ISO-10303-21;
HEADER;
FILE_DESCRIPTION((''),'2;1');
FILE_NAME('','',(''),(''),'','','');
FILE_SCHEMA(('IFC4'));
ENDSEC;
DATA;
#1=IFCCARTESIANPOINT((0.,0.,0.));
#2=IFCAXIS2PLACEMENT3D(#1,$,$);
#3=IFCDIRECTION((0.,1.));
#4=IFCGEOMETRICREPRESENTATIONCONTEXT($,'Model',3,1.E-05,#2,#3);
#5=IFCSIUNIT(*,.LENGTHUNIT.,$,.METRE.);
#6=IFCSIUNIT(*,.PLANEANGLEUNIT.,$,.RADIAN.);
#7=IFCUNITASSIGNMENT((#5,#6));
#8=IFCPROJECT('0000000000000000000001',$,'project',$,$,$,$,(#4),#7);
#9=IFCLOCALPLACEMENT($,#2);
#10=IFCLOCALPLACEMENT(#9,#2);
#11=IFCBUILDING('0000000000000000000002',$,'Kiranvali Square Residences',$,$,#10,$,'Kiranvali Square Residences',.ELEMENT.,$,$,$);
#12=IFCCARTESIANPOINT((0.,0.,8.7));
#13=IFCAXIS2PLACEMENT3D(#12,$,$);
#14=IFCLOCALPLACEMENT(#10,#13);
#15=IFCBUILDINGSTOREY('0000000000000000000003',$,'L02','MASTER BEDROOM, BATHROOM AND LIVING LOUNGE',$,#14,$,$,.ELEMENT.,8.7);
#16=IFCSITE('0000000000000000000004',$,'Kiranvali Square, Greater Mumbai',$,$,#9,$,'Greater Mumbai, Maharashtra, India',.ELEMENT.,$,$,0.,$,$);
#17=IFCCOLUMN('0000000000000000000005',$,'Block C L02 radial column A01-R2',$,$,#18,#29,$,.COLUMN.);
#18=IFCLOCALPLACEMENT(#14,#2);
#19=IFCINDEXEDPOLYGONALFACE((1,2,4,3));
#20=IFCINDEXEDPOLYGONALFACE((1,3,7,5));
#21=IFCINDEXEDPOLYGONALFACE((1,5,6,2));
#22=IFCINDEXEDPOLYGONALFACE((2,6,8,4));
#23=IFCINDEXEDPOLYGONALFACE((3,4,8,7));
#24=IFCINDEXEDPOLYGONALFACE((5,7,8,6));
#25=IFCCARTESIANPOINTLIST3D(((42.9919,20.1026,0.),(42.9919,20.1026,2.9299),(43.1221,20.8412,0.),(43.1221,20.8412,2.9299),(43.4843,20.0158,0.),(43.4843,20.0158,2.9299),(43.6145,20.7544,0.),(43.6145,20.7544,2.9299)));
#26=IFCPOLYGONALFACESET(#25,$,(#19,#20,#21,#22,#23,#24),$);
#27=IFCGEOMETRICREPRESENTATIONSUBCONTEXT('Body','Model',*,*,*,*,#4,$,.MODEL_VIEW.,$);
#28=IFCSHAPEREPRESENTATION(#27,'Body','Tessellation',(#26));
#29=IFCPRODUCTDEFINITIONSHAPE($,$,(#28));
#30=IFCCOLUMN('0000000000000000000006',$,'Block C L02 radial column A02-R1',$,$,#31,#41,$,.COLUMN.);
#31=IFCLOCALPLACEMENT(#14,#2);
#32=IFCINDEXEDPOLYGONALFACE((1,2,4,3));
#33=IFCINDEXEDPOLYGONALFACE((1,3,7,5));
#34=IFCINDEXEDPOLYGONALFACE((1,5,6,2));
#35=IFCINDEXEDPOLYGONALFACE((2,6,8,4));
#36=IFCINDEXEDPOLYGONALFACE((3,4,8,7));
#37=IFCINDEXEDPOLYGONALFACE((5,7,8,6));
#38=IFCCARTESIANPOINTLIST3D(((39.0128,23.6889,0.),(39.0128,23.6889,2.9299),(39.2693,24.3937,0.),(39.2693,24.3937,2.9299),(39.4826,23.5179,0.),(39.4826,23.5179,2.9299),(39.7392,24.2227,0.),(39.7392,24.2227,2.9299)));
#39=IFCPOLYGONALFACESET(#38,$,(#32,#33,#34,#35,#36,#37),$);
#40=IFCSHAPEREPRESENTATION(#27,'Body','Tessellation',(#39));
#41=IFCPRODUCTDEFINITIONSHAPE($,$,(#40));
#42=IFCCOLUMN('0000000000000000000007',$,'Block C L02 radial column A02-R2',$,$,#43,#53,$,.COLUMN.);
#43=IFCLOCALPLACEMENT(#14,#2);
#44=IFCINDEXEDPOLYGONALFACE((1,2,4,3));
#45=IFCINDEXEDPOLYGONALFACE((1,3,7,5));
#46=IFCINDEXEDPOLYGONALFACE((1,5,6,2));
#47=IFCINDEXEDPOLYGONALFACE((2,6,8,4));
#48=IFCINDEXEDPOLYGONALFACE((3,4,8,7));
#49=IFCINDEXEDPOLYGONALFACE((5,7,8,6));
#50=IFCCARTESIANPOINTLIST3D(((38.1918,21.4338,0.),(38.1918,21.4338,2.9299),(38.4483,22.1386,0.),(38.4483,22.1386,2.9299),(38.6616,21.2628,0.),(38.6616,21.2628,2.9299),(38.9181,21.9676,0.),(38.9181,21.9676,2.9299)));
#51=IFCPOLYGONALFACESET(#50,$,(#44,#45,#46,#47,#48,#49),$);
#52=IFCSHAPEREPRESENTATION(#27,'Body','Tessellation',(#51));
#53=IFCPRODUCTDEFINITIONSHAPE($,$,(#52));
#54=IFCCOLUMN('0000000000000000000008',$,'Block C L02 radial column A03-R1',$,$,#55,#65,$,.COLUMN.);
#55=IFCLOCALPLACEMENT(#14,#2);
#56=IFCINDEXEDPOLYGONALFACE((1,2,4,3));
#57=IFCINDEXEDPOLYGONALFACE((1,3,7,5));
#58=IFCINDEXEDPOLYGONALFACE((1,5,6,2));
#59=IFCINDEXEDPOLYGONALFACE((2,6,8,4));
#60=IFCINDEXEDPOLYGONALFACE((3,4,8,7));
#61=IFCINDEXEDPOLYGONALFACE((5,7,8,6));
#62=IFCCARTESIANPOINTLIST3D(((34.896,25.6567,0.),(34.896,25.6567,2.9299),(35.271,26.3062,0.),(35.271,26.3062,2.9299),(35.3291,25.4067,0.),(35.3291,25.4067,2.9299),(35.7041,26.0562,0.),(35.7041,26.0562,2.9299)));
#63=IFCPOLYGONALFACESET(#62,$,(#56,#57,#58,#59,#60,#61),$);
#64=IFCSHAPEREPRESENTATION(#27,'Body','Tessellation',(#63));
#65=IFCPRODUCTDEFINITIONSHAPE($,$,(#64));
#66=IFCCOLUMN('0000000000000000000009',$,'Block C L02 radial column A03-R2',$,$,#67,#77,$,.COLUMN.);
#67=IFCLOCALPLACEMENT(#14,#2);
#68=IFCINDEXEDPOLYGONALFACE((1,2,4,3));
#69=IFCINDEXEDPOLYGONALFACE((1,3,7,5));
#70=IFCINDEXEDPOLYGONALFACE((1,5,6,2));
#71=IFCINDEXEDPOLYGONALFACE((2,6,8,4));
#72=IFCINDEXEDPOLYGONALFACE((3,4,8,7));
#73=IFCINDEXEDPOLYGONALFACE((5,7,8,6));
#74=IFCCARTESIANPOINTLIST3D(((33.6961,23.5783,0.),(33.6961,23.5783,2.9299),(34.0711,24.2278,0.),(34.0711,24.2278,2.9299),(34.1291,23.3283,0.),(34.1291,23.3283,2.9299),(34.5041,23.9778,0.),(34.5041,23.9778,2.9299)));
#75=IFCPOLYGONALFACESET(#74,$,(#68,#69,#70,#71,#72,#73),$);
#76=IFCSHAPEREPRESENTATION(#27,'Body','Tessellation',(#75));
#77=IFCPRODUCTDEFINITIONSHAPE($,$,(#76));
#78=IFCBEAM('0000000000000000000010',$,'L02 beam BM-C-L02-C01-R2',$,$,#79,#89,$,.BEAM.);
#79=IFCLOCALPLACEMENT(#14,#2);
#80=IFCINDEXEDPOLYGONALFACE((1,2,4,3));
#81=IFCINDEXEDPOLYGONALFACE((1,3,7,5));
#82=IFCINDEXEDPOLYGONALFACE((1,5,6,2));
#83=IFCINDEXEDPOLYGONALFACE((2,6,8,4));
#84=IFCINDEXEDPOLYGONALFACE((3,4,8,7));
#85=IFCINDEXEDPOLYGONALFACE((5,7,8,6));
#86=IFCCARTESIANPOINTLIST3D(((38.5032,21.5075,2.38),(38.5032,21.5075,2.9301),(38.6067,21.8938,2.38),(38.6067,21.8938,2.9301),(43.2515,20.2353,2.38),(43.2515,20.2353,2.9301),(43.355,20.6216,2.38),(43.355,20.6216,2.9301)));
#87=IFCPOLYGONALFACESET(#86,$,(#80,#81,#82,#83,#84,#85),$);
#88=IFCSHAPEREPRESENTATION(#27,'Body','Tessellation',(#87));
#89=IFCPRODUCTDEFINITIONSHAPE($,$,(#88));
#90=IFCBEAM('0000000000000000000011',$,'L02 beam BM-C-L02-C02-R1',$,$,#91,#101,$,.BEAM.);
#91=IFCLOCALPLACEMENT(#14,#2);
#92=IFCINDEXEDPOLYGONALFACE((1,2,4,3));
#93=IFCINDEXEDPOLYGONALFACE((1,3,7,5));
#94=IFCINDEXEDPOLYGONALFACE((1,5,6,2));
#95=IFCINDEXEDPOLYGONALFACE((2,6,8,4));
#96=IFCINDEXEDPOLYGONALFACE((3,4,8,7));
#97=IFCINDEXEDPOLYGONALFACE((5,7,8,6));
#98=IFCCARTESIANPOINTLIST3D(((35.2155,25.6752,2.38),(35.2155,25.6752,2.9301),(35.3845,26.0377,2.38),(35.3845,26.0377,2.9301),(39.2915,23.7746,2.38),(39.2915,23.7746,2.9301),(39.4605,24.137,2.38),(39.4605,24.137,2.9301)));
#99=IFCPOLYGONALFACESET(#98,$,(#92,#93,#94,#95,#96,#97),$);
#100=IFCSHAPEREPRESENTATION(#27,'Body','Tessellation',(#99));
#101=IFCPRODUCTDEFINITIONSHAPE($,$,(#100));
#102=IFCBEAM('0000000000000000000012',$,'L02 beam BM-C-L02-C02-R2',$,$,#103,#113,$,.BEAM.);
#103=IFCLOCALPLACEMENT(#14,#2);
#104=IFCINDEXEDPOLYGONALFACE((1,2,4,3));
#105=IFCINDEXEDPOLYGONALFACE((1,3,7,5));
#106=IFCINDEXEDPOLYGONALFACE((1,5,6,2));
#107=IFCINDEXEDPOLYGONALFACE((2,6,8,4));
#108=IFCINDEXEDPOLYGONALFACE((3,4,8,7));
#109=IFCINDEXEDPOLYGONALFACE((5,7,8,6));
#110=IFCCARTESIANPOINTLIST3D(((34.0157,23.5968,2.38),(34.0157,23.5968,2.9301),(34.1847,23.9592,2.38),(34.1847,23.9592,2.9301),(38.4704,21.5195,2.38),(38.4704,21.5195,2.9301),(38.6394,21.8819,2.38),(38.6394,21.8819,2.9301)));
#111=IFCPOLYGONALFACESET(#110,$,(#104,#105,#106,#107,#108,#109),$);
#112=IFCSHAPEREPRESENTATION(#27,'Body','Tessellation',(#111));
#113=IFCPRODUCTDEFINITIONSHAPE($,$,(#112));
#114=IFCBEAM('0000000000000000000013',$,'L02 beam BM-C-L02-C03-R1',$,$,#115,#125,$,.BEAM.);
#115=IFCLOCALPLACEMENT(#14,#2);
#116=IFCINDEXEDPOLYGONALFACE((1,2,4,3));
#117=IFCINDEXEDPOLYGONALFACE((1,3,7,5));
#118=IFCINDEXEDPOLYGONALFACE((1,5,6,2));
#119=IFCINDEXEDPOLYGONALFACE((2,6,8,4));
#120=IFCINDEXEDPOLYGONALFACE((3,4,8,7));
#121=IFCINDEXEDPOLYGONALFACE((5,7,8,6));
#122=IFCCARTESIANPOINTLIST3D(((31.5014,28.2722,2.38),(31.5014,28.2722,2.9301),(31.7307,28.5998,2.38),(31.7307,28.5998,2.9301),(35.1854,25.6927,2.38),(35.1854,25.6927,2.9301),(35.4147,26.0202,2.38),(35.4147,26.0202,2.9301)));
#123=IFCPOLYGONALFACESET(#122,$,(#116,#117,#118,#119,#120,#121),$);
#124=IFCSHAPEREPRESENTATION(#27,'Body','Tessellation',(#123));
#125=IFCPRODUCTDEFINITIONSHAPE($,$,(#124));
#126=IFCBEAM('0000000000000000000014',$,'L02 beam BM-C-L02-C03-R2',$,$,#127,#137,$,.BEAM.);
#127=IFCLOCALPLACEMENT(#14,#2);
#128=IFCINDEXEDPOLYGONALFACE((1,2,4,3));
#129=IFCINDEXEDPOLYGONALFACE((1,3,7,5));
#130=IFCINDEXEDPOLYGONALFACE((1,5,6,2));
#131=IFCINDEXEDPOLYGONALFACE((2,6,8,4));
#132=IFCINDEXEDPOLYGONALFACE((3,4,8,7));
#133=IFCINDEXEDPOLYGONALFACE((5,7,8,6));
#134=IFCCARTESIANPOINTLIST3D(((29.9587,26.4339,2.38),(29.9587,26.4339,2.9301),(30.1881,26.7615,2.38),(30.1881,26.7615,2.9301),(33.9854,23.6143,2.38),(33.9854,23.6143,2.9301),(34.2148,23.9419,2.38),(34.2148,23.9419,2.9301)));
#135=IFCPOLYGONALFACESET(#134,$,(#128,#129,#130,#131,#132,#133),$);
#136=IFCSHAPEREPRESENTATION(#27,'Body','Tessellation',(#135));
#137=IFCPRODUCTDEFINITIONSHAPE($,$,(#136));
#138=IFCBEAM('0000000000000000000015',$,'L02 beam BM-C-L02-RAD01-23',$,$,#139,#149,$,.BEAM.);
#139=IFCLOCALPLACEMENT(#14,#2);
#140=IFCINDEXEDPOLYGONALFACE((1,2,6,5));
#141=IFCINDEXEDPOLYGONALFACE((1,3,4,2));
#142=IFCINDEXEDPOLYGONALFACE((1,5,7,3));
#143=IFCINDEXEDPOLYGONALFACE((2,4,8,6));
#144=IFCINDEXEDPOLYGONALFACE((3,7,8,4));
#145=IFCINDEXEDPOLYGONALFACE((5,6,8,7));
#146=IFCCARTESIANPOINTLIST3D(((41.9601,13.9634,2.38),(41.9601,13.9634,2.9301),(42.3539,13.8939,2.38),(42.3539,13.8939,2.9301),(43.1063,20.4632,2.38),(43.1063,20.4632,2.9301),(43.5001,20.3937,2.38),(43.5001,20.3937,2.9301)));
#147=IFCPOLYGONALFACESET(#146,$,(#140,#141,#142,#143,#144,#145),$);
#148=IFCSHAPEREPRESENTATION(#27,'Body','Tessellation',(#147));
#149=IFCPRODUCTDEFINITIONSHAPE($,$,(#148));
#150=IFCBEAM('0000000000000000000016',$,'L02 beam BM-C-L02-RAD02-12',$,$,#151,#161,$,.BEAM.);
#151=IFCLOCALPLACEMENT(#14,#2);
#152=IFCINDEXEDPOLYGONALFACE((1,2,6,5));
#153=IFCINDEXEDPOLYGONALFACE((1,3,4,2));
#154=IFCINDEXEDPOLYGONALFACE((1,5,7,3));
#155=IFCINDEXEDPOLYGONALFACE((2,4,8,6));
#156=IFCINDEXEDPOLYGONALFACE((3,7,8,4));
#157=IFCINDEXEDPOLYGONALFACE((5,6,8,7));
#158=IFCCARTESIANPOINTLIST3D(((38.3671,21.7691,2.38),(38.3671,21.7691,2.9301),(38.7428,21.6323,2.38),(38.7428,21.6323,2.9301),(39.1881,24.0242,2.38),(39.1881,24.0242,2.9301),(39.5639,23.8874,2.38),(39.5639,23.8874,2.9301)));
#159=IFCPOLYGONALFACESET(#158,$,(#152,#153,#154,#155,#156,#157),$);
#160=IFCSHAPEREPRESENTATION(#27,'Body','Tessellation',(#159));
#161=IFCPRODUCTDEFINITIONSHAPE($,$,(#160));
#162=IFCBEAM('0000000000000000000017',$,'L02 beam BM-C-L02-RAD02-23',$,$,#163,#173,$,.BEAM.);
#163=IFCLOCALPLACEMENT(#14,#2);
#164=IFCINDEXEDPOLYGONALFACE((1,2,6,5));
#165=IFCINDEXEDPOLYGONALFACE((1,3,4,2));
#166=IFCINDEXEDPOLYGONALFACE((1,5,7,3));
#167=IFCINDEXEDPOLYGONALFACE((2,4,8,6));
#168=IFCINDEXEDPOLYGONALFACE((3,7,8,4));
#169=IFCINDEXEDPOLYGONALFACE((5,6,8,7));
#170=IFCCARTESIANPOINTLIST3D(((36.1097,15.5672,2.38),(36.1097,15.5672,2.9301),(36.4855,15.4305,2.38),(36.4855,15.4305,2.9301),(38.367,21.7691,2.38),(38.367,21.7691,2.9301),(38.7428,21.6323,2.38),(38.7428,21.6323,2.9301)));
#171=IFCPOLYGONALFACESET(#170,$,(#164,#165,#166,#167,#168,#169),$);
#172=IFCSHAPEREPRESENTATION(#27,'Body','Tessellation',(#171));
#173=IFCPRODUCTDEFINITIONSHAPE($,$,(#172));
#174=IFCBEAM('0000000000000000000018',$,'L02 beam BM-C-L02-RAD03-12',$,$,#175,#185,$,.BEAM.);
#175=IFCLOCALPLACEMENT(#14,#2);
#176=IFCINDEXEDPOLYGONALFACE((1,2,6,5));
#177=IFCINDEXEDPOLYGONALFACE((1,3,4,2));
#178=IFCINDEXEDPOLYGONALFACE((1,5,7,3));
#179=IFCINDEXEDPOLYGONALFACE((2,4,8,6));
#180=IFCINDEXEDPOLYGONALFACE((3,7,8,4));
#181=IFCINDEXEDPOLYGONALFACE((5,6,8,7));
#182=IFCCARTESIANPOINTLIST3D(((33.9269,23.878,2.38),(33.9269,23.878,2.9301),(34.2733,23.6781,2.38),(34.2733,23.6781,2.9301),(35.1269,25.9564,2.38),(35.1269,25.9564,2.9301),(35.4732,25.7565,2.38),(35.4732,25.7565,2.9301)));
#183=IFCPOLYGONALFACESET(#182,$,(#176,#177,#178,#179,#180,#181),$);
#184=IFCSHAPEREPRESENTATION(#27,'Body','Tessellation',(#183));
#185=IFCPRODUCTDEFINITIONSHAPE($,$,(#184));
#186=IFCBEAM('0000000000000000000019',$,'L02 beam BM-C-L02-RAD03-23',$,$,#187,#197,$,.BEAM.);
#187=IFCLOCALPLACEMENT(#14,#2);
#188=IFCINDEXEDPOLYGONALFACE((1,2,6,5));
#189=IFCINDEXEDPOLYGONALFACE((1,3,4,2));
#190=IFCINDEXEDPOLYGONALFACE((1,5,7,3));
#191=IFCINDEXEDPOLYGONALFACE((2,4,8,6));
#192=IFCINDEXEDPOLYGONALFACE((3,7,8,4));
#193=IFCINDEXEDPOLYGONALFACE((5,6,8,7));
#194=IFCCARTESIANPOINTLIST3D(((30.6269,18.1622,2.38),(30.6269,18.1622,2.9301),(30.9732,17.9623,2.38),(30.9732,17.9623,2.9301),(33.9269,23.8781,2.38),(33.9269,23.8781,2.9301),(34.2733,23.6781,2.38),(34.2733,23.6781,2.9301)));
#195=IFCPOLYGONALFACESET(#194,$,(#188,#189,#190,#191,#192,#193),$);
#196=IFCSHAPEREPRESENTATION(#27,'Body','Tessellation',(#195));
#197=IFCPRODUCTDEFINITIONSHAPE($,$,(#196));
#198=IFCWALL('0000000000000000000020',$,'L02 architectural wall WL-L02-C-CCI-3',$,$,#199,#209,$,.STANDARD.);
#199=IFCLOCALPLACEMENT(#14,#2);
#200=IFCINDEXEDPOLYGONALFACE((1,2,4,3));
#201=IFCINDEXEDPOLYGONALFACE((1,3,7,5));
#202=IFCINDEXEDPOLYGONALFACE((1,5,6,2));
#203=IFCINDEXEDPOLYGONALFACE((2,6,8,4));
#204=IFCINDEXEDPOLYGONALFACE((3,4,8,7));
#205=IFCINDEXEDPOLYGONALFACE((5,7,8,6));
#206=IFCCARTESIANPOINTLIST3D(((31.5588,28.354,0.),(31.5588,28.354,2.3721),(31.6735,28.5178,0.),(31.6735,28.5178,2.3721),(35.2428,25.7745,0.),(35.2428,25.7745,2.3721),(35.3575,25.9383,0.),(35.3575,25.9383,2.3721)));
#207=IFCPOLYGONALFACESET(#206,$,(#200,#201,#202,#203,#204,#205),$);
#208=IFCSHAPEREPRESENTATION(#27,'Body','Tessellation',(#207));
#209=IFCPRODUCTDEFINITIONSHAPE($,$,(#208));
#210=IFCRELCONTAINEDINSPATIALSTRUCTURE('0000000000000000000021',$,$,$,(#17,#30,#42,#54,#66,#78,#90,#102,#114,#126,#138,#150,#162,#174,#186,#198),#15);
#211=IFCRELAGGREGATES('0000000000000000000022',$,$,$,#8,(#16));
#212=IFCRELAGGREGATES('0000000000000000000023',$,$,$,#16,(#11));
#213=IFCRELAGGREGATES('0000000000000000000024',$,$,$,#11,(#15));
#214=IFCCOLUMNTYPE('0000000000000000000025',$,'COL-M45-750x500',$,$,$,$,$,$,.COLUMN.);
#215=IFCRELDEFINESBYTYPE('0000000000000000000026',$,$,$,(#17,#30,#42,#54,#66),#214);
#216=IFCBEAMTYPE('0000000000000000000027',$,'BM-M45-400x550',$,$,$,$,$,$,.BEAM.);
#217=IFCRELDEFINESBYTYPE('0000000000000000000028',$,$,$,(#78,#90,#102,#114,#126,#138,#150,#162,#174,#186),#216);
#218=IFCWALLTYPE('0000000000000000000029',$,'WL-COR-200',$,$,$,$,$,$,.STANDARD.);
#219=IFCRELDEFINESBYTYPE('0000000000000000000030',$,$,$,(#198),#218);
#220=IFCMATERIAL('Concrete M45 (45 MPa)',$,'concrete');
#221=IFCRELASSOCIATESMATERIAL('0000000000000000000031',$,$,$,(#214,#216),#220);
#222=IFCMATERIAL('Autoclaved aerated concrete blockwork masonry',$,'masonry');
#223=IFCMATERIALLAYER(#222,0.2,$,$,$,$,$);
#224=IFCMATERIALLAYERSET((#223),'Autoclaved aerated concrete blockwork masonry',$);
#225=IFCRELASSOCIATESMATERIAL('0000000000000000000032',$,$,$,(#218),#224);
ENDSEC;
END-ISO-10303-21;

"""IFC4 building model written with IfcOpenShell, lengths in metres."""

from ifc_helpers import new_model, si_unit, direction, frame, frame_2d, origin, origin_2d, place, context, subcontext, project, spatial, rectangle, extrude, material, layer, layer_set, material_profile, profile_set, type_object, element, save


model = new_model("IFC4")

# Units and contexts
model_context = context("Model", 3, precision=1e-05, world=origin(), true_north=direction((0.0, 1.0)))
body_context = subcontext(model_context, "Body", "Model", "MODEL_VIEW")
ifc_project = project(units=[si_unit("LENGTHUNIT", "METRE"), si_unit("PLANEANGLEUNIT", "RADIAN")], contexts=[model_context])

# Site, building, storey
site_placement = place(None, origin())
site = spatial("IfcSite", under=ifc_project, at=site_placement, Name="Kiranvali Square, Greater Mumbai", LongName="Greater Mumbai, Maharashtra, India", CompositionType="ELEMENT", RefElevation=0.0)
building_placement = place(site_placement, origin())
building = spatial("IfcBuilding", under=site, at=building_placement, Name="Kiranvali Square Residences", LongName="Kiranvali Square Residences", CompositionType="ELEMENT")
storey_placement = place(building_placement, frame((0.0, 0.0, 8.7)))
storey = spatial("IfcBuildingStorey", under=building, at=storey_placement, Name="L02", Description="MASTER BEDROOM, BATHROOM AND LIVING LOUNGE", CompositionType="ELEMENT", Elevation=8.7)

# Columns
ifc_material_1 = material(Name="Concrete M45 (45 MPa)", Category="concrete")
ifc_material_profile_1 = material_profile(ifc_material_1, rectangle(XDim=0.5, YDim=0.75, at=origin_2d()), Name="RC 750x500")
ifc_profile_set_1 = profile_set([ifc_material_profile_1], Name="Concrete M45 (45 MPa)")
column_type = type_object("IfcColumnType", Name="COL-M45-750x500", PredefinedType="COLUMN", material=ifc_profile_set_1)
for number, where, z_axis, x_axis, name in (
    (1, (43.3032, 20.4285, 0.0), (0.0, 0.0, 1.0), (-0.984808, 0.173648, 0.0), "Block C L02 radial column A01-R2"),
    (2, (39.376, 23.9558, 0.0), (0.0, 0.0, 1.0), (-0.939693, 0.34202, 0.0), "Block C L02 radial column A02-R1"),
    (3, (38.5549, 21.7007, 0.0), (0.0, 0.0, 1.0), (-0.939693, 0.34202, 0.0), "Block C L02 radial column A02-R2"),
    (4, (35.3, 25.8564, 0.0), (0.0, 0.0, 1.0), (-0.866025, 0.5, 0.0), "Block C L02 radial column A03-R1"),
    (5, (34.1001, 23.7781, 0.0), (0.0, 0.0, 1.0), (-0.866025, 0.5, 0.0), "Block C L02 radial column A03-R2"),
):
    element("IfcColumn", number, at=place(storey_placement, frame(where, z_axis=z_axis, x_axis=x_axis)), inside=storey, type_object=column_type, Name=name, PredefinedType="COLUMN", context=body_context, shape_type="SweptSolid", body=[
        extrude(rectangle(XDim=0.5, YDim=0.75, at=origin_2d()), origin(), (0.0, 0.0, 1.0), 2.9299),
    ])

# Beams
ifc_material_profile_2 = material_profile(ifc_material_1, rectangle(XDim=0.3999, YDim=0.55, at=origin_2d()), Name="RC 400x550")
ifc_profile_set_2 = profile_set([ifc_material_profile_2], Name="Concrete M45 (45 MPa)")
beam_type = type_object("IfcBeamType", Name="BM-M45-400x550", PredefinedType="BEAM", material=ifc_profile_set_2)
beam_1_placement = place(storey_placement, frame((43.3032, 20.4285, 2.655), z_axis=(-0.96593, 0.258803, 0.0), x_axis=(-0.258803, -0.96593, 0.0)))
element("IfcBeam", 6, at=beam_1_placement, inside=storey, type_object=beam_type, Name="L02 beam BM-C-L02-C01-R2", PredefinedType="BEAM", context=body_context, shape_type="SweptSolid", body=[
    extrude(rectangle(XDim=0.3999, YDim=0.55, at=origin_2d()), origin(), (0.0, 0.0, 1.0), 4.9158),
])
beam_2_placement = place(storey_placement, frame((39.376, 23.9558, 2.655), z_axis=(-0.906308, 0.422618, 0.0), x_axis=(-0.422618, -0.906308, 0.0)))
element("IfcBeam", 7, at=beam_2_placement, inside=storey, type_object=beam_type, Name="L02 beam BM-C-L02-C02-R1", PredefinedType="BEAM", context=body_context, shape_type="SweptSolid", body=[
    extrude(rectangle(XDim=0.3999, YDim=0.55, at=origin_2d()), origin(), (0.0, 0.0, 1.0), 4.4973),
])
beam_3_placement = place(storey_placement, frame((38.5549, 21.7007, 2.655), z_axis=(-0.906302, 0.42263, 0.0), x_axis=(-0.42263, -0.906302, 0.0)))
element("IfcBeam", 8, at=beam_3_placement, inside=storey, type_object=beam_type, Name="L02 beam BM-C-L02-C02-R2", PredefinedType="BEAM", context=body_context, shape_type="SweptSolid", body=[
    extrude(rectangle(XDim=0.3999, YDim=0.55, at=origin_2d()), origin(), (0.0, 0.0, 1.0), 4.9153),
])
beam_4_placement = place(storey_placement, frame((35.3, 25.8564, 2.655), z_axis=(-0.819155, 0.573572, 0.0), x_axis=(-0.573572, -0.819155, 0.0)))
element("IfcBeam", 9, at=beam_4_placement, inside=storey, type_object=beam_type, Name="L02 beam BM-C-L02-C03-R1", PredefinedType="BEAM", context=body_context, shape_type="SweptSolid", body=[
    extrude(rectangle(XDim=0.3999, YDim=0.55, at=origin_2d()), origin(), (0.0, 0.0, 1.0), 4.4973),
])
beam_5_placement = place(storey_placement, frame((34.1001, 23.7781, 2.655), z_axis=(-0.819141, 0.573592, 0.0), x_axis=(-0.573592, -0.819141, 0.0)))
element("IfcBeam", 10, at=beam_5_placement, inside=storey, type_object=beam_type, Name="L02 beam BM-C-L02-C03-R2", PredefinedType="BEAM", context=body_context, shape_type="SweptSolid", body=[
    extrude(rectangle(XDim=0.3999, YDim=0.55, at=origin_2d()), origin(), (0.0, 0.0, 1.0), 4.9158),
])
beam_6_placement = place(storey_placement, frame((43.3032, 20.4285, 2.655), z_axis=(-0.173671, -0.984804, 0.0), x_axis=(0.984804, -0.173671, 0.0)))
element("IfcBeam", 11, at=beam_6_placement, inside=storey, type_object=beam_type, Name="L02 beam BM-C-L02-RAD01-23", PredefinedType="BEAM", context=body_context, shape_type="SweptSolid", body=[
    extrude(rectangle(XDim=0.3999, YDim=0.55, at=origin_2d()), origin(), (0.0, 0.0, 1.0), 6.6001),
])
beam_7_placement = place(storey_placement, frame((39.376, 23.9558, 2.655), z_axis=(-0.342111, -0.93966, 0.0), x_axis=(0.93966, -0.342111, 0.0)))
element("IfcBeam", 12, at=beam_7_placement, inside=storey, type_object=beam_type, Name="L02 beam BM-C-L02-RAD02-12", PredefinedType="BEAM", context=body_context, shape_type="SweptSolid", body=[
    extrude(rectangle(XDim=0.3999, YDim=0.55, at=origin_2d()), origin(), (0.0, 0.0, 1.0), 2.3999),
])
beam_8_placement = place(storey_placement, frame((38.5549, 21.7007, 2.655), z_axis=(-0.342022, -0.939692, 0.0), x_axis=(0.939692, -0.342022, 0.0)))
element("IfcBeam", 13, at=beam_8_placement, inside=storey, type_object=beam_type, Name="L02 beam BM-C-L02-RAD02-23", PredefinedType="BEAM", context=body_context, shape_type="SweptSolid", body=[
    extrude(rectangle(XDim=0.3999, YDim=0.55, at=origin_2d()), origin(), (0.0, 0.0, 1.0), 6.5999),
])
beam_9_placement = place(storey_placement, frame((35.3, 25.8564, 2.655), z_axis=(-0.500001, -0.866025, 0.0), x_axis=(0.866025, -0.500001, 0.0)))
element("IfcBeam", 14, at=beam_9_placement, inside=storey, type_object=beam_type, Name="L02 beam BM-C-L02-RAD03-12", PredefinedType="BEAM", context=body_context, shape_type="SweptSolid", body=[
    extrude(rectangle(XDim=0.3999, YDim=0.55, at=origin_2d()), origin(), (0.0, 0.0, 1.0), 2.3999),
])
beam_10_placement = place(storey_placement, frame((34.1001, 23.7781, 2.655), z_axis=(-0.500002, -0.866024, 0.0), x_axis=(0.866024, -0.500002, 0.0)))
element("IfcBeam", 15, at=beam_10_placement, inside=storey, type_object=beam_type, Name="L02 beam BM-C-L02-RAD03-23", PredefinedType="BEAM", context=body_context, shape_type="SweptSolid", body=[
    extrude(rectangle(XDim=0.3999, YDim=0.55, at=origin_2d()), origin(), (0.0, 0.0, 1.0), 6.6001),
])

# Shared definitions
ifc_material_2 = material(Name="Autoclaved aerated concrete blockwork masonry", Category="masonry")
ifc_layer_1 = layer(ifc_material_2, 0.2)
ifc_layer_set_1 = layer_set([ifc_layer_1], Name="Autoclaved aerated concrete blockwork masonry")
wall_type_1 = type_object("IfcWallType", Name="WL-COR-200", PredefinedType="STANDARD", material=ifc_layer_set_1)

# Wall
wall_1_placement = place(storey_placement, frame((35.3, 25.8564, 0.0), z_axis=(0.0, 0.0, 1.0), x_axis=(-0.819155, 0.573572, 0.0)))
element("IfcWall", 16, at=wall_1_placement, inside=storey, type_object=wall_type_1, Name="L02 architectural wall WL-L02-C-CCI-3", PredefinedType="STANDARD", context=body_context, shape_type="SweptSolid", body=[
    extrude(rectangle(XDim=4.4973, YDim=0.2, at=frame_2d((2.2485, 0.0))), origin(), (0.0, 0.0, 1.0), 2.3721),
])

save(model, "model.ifc")
